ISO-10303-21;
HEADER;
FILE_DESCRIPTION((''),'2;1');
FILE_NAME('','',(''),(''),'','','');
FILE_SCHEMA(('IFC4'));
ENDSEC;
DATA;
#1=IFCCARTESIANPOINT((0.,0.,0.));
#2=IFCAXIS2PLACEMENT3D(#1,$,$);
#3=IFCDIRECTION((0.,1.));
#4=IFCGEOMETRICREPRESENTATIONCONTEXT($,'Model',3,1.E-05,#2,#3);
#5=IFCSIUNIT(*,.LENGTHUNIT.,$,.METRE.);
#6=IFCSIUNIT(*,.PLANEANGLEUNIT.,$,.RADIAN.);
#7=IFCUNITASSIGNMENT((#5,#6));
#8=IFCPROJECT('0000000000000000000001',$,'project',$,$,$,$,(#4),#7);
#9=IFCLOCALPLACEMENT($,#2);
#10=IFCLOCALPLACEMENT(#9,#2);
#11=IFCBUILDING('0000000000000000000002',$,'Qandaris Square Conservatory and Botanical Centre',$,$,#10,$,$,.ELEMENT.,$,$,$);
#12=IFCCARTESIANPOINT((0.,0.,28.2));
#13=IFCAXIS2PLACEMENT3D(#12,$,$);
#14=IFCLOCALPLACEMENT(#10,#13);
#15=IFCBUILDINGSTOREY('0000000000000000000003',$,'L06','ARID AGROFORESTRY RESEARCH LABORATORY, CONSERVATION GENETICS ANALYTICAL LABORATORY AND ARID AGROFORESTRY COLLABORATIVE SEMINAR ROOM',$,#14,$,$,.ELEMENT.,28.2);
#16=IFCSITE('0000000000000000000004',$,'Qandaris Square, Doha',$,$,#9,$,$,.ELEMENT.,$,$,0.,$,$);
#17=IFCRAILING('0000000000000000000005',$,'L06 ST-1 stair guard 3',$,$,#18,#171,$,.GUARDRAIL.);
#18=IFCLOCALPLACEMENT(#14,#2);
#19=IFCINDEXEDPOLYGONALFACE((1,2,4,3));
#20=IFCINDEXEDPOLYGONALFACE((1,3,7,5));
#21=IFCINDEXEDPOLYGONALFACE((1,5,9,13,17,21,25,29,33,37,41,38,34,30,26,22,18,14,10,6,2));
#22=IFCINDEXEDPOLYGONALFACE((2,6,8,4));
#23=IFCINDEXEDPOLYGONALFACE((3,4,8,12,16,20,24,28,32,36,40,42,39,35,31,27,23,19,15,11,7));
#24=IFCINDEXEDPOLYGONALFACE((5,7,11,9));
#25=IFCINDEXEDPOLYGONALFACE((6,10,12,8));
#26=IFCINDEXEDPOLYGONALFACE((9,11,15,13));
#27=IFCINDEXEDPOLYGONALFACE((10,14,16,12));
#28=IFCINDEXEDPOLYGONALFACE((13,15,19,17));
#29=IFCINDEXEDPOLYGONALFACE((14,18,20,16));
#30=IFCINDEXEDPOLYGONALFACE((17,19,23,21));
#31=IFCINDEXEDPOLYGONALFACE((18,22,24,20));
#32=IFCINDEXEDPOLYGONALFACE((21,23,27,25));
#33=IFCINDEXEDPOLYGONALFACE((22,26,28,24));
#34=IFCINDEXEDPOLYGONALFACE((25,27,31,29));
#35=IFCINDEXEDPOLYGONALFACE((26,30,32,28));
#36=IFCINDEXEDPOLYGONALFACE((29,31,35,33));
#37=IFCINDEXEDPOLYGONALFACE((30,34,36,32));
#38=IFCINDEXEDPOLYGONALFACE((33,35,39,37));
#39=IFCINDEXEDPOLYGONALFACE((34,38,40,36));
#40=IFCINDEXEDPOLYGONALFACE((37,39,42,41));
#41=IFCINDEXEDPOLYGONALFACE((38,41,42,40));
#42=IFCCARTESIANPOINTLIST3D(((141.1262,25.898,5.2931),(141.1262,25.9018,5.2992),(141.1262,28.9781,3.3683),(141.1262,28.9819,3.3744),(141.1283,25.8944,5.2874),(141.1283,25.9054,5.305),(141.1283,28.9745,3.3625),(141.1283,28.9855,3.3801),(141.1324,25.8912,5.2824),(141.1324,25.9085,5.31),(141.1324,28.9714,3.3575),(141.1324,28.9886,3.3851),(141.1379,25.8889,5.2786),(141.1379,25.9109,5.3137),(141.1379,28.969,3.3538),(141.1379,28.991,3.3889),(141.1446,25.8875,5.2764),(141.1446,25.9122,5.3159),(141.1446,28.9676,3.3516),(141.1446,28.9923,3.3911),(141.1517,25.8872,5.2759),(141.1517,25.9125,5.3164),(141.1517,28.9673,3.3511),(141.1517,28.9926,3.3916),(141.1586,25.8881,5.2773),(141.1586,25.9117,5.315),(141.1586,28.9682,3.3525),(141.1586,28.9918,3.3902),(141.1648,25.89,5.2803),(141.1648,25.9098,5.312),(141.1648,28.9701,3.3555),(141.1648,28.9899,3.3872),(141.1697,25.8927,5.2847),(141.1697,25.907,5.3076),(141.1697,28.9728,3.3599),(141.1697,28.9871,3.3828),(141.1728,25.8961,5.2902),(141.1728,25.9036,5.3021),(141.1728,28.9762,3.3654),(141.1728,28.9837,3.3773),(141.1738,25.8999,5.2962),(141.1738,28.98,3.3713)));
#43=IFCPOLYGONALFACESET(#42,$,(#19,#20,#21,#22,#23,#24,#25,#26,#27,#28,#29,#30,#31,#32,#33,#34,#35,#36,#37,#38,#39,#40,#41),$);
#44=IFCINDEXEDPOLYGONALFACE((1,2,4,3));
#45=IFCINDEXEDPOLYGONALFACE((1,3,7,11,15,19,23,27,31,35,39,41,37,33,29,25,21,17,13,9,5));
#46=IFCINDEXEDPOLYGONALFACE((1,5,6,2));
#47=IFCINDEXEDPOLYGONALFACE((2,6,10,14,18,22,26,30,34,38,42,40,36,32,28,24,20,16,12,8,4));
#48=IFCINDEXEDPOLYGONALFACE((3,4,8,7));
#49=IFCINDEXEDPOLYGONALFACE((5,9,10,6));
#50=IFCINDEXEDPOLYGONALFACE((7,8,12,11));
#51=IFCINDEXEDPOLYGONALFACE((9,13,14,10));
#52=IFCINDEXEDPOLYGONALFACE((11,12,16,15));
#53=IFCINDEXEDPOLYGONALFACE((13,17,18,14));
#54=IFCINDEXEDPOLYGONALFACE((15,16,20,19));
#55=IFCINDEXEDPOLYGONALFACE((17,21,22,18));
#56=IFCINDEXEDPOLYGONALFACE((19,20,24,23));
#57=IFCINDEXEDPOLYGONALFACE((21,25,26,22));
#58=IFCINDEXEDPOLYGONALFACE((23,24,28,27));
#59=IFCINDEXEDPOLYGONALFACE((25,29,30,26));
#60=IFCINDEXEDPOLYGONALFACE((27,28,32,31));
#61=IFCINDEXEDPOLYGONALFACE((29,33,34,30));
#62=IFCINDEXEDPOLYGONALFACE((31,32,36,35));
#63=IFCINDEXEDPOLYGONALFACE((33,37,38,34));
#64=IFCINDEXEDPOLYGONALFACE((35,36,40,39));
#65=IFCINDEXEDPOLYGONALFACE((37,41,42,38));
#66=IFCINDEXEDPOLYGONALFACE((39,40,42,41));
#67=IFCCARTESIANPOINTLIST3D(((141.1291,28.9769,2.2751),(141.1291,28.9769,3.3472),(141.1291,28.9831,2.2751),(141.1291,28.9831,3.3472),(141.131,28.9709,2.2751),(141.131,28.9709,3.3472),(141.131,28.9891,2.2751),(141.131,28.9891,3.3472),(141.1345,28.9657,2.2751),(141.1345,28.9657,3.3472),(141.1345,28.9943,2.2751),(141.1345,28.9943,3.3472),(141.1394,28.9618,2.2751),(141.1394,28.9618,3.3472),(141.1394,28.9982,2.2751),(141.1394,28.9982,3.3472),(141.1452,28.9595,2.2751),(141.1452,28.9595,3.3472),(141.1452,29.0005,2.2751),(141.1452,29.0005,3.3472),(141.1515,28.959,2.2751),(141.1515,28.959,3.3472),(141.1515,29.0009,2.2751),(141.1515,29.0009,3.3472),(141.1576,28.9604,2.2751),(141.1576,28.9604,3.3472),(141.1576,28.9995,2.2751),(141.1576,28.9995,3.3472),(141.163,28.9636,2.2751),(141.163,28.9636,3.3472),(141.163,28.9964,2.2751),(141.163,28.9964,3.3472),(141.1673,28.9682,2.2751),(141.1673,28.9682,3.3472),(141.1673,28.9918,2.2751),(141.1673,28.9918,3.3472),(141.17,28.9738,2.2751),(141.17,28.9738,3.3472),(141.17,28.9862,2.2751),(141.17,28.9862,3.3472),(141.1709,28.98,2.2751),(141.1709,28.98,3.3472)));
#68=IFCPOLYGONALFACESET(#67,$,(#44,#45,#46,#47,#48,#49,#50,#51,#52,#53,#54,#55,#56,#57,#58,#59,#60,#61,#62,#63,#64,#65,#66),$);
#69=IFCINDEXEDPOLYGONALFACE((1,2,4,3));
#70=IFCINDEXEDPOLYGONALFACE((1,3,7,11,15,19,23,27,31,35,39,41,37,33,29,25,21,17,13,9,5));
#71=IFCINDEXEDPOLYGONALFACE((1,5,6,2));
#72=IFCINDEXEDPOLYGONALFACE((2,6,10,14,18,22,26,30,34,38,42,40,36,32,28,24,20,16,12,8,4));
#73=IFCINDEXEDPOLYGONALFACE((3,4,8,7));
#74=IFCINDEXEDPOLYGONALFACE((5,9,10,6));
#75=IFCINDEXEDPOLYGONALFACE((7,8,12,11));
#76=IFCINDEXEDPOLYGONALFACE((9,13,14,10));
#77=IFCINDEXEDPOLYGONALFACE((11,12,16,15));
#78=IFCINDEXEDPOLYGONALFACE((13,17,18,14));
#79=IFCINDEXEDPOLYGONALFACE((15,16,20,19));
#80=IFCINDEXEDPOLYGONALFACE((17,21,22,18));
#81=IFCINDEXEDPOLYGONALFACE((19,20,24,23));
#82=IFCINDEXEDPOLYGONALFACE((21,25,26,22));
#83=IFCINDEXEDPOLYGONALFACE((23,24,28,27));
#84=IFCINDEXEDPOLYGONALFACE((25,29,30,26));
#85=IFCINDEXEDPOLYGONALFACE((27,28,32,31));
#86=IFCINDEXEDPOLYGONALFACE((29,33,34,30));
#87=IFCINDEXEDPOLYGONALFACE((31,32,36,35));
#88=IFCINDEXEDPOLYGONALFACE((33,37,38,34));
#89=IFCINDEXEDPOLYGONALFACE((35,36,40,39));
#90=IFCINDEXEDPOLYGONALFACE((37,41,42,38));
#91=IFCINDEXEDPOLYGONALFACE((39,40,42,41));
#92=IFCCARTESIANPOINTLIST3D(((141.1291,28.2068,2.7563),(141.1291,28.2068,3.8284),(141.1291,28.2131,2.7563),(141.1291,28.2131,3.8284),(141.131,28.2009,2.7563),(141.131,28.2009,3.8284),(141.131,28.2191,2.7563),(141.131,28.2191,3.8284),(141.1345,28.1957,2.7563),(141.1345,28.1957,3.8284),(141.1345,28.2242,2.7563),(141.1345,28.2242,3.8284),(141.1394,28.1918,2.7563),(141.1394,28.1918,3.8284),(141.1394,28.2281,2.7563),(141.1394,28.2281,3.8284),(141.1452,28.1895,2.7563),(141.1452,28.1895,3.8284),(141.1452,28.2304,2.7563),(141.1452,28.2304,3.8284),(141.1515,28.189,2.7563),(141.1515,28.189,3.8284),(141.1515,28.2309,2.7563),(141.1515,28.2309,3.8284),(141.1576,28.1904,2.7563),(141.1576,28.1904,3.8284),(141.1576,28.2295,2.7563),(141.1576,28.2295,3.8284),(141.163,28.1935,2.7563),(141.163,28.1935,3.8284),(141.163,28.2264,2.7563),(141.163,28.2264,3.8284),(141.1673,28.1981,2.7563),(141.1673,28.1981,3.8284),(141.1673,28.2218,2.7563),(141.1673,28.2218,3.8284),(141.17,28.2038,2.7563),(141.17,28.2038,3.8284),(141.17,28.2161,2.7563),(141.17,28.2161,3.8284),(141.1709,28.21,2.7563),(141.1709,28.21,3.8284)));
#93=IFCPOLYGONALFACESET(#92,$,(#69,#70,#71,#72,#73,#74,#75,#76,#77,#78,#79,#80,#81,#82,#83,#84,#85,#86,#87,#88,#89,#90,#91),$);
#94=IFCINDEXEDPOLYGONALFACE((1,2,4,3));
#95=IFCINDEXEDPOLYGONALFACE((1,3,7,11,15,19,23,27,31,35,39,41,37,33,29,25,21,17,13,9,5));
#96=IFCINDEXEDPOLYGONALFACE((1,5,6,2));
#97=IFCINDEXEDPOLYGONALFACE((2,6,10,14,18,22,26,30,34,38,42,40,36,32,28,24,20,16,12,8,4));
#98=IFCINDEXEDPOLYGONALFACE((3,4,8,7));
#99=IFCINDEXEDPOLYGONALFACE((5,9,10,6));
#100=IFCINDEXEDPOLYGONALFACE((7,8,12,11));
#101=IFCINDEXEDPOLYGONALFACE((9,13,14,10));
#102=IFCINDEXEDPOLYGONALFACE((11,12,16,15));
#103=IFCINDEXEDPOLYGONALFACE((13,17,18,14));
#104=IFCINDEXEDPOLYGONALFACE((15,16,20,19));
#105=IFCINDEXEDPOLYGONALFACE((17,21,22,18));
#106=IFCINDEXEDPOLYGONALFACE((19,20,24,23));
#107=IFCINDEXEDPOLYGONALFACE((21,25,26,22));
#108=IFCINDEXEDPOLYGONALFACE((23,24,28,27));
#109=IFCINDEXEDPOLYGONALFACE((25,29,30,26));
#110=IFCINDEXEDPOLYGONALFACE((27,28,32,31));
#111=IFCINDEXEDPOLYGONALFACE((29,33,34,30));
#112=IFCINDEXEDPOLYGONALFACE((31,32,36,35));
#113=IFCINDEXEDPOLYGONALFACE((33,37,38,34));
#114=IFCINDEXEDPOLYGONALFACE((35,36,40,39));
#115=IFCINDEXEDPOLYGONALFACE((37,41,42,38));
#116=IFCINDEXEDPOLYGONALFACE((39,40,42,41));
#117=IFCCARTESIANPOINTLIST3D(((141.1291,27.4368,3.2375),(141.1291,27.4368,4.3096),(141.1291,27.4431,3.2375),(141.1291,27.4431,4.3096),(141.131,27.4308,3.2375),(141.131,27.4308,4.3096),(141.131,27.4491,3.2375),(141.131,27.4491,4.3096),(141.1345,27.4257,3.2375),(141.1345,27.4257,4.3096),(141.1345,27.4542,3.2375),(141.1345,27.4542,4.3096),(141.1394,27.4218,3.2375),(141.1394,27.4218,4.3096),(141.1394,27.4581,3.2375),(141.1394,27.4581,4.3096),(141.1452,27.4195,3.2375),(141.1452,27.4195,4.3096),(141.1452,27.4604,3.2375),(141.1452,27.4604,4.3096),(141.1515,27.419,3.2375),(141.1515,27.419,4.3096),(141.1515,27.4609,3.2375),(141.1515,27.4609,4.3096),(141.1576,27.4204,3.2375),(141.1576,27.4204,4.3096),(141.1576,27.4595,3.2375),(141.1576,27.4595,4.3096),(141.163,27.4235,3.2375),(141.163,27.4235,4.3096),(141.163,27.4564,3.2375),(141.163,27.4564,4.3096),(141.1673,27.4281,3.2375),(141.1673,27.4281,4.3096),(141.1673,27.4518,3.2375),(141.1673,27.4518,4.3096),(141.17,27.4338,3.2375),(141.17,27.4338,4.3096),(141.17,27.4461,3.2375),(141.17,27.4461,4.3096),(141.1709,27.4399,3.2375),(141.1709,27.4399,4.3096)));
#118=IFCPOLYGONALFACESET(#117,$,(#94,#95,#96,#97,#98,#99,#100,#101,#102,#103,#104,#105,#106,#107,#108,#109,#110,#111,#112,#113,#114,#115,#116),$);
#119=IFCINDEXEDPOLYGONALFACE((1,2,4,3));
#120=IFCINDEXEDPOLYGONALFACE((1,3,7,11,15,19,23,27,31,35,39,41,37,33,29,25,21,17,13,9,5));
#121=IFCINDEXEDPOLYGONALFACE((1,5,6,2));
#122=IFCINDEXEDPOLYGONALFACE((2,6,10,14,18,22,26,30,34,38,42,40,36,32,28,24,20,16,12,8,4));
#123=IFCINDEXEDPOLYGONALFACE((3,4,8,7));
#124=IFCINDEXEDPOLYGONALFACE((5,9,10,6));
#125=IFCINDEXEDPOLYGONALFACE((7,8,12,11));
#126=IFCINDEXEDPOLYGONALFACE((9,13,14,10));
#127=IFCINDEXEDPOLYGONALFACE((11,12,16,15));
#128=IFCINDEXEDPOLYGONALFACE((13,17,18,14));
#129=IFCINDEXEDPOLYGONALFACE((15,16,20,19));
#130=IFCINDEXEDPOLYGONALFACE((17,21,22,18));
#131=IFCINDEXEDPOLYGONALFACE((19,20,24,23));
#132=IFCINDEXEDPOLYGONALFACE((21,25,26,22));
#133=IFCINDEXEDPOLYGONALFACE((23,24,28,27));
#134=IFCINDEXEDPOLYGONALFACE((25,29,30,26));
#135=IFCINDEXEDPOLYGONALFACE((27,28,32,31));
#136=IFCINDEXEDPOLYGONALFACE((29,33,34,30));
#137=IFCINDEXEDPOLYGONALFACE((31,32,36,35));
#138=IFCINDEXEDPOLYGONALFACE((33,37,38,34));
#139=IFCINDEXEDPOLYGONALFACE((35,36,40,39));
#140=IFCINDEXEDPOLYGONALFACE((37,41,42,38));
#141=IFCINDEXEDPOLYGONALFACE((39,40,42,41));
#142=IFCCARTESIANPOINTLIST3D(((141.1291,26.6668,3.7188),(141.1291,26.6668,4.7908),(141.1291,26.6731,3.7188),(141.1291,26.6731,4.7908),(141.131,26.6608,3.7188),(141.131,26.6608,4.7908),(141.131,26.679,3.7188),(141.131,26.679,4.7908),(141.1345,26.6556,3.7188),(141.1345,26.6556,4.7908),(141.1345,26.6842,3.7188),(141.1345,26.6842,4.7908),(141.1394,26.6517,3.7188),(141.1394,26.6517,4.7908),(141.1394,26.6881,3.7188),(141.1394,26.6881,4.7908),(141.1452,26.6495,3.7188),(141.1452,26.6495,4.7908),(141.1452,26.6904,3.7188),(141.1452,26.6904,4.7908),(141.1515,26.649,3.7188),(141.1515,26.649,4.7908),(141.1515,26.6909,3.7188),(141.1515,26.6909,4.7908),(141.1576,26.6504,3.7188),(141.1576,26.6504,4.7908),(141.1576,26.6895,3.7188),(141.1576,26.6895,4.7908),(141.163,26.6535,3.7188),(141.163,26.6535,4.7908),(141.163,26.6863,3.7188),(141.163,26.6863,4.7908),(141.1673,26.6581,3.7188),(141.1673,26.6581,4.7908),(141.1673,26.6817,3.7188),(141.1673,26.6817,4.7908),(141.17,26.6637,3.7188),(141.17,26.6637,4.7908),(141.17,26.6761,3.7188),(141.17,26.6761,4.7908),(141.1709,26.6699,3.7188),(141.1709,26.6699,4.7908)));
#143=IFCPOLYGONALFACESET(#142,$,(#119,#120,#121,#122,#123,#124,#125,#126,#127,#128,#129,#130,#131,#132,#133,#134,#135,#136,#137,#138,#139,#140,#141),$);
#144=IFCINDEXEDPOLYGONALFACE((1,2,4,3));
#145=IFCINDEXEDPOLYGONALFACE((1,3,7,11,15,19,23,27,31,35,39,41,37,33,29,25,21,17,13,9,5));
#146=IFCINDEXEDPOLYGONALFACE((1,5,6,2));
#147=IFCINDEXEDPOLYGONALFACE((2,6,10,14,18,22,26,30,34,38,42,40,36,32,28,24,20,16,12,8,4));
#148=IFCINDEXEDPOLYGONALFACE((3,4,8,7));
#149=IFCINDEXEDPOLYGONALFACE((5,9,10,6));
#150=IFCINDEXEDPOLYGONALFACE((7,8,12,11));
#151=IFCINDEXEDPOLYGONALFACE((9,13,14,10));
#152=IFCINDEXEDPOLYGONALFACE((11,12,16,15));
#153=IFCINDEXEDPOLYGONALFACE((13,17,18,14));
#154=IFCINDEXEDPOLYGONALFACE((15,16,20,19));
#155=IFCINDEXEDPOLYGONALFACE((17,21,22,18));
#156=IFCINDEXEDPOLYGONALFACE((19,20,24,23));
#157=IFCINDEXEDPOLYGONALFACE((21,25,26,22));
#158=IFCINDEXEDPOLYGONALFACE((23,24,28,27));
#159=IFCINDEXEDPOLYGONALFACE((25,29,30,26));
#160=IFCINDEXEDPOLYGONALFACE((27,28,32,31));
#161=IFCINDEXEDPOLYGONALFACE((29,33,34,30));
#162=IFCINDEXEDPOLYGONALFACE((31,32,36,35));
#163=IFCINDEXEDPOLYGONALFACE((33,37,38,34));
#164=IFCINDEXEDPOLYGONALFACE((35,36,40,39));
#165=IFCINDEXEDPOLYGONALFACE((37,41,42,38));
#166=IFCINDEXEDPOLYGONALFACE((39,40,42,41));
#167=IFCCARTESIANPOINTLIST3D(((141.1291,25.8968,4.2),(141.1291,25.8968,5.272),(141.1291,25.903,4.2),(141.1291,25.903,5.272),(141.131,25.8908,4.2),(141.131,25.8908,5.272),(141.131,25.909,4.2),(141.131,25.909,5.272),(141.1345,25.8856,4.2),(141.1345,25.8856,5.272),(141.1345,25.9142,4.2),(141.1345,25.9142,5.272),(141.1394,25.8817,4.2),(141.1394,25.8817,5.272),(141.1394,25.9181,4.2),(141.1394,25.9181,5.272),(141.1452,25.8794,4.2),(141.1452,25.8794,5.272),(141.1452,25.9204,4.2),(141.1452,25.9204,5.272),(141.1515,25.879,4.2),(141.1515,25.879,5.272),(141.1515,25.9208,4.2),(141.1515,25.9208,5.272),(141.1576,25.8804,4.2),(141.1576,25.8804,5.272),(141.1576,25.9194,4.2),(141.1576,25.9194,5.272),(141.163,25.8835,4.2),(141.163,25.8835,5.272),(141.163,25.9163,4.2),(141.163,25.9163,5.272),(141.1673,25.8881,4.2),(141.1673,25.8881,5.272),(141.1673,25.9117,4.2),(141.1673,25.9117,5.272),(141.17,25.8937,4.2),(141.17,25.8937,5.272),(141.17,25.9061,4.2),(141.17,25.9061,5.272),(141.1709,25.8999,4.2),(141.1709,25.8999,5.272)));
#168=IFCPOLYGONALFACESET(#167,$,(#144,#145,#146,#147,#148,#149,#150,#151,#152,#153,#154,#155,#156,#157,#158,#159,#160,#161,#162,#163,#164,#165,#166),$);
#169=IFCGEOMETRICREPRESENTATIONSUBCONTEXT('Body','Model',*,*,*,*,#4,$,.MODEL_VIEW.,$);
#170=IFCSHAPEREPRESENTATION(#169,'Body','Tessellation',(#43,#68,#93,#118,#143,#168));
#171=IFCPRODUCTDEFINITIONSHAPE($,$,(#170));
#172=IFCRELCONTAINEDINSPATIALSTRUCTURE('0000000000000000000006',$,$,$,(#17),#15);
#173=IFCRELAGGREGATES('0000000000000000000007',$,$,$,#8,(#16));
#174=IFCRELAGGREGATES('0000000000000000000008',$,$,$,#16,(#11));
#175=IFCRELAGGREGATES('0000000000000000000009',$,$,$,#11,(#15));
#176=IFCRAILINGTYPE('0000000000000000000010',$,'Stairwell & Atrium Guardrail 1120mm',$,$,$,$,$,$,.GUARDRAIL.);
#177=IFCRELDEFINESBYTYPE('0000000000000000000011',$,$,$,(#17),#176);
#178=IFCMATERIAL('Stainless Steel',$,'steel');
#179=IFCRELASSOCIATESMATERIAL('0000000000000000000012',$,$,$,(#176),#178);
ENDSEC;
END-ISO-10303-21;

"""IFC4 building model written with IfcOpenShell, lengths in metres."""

from ifc_helpers import new_model, si_unit, direction, frame, origin, origin_2d, place, context, subcontext, project, spatial, circle, extrude, material, type_object, element, save


model = new_model("IFC4")

# Units and contexts
model_context = context("Model", 3, precision=1e-05, world=origin(), true_north=direction((0.0, 1.0)))
body_context = subcontext(model_context, "Body", "Model", "MODEL_VIEW")
ifc_project = project(units=[si_unit("LENGTHUNIT", "METRE"), si_unit("PLANEANGLEUNIT", "RADIAN")], contexts=[model_context])

# Site, building, storey
site_placement = place(None, origin())
site = spatial("IfcSite", under=ifc_project, at=site_placement, Name="Qandaris Square, Doha", CompositionType="ELEMENT", RefElevation=0.0)
building_placement = place(site_placement, origin())
building = spatial("IfcBuilding", under=site, at=building_placement, Name="Qandaris Square Conservatory and Botanical Centre", CompositionType="ELEMENT")
storey_placement = place(building_placement, frame((0.0, 0.0, 28.2)))
storey = spatial("IfcBuildingStorey", under=building, at=storey_placement, Name="L06", Description="ARID AGROFORESTRY RESEARCH LABORATORY, CONSERVATION GENETICS ANALYTICAL LABORATORY AND ARID AGROFORESTRY COLLABORATIVE SEMINAR ROOM", CompositionType="ELEMENT", Elevation=28.2)

# Railing
ifc_material_1 = material(Name="Stainless Steel", Category="steel")
railing_type_1 = type_object("IfcRailingType", Name="Stairwell & Atrium Guardrail 1120mm", PredefinedType="GUARDRAIL", material=ifc_material_1)
railing_1_placement = place(storey_placement, frame((141.1499, 28.98, 2.2751)))
element("IfcRailing", 1, at=railing_1_placement, inside=storey, type_object=railing_type_1, Name="L06 ST-1 stair guard 3", PredefinedType="GUARDRAIL", context=body_context, shape_type="SweptSolid", body=[
    extrude(circle(Radius=0.0239, at=origin_2d()), frame((0.0, 0.0, 1.0962), z_axis=(0.0, -0.848029, 0.529951), x_axis=(1.0, 0.0, 0.0)), (0.0, 0.0, 1.0), 3.6321),
    extrude(circle(Radius=0.021, at=origin_2d()), origin(), (0.0, 0.0, 1.0), 1.072),
    extrude(circle(Radius=0.021, at=origin_2d()), frame((0.0, -0.77, 0.4812)), (0.0, 0.0, 1.0), 1.072),
    extrude(circle(Radius=0.021, at=origin_2d()), frame((0.0, -1.54, 0.9624)), (0.0, 0.0, 1.0), 1.072),
    extrude(circle(Radius=0.021, at=origin_2d()), frame((0.0, -2.3101, 1.4436)), (0.0, 0.0, 1.0), 1.072),
    extrude(circle(Radius=0.021, at=origin_2d()), frame((0.0, -3.0801, 1.9248)), (0.0, 0.0, 1.0), 1.072),
])

save(model, "model.ifc")
